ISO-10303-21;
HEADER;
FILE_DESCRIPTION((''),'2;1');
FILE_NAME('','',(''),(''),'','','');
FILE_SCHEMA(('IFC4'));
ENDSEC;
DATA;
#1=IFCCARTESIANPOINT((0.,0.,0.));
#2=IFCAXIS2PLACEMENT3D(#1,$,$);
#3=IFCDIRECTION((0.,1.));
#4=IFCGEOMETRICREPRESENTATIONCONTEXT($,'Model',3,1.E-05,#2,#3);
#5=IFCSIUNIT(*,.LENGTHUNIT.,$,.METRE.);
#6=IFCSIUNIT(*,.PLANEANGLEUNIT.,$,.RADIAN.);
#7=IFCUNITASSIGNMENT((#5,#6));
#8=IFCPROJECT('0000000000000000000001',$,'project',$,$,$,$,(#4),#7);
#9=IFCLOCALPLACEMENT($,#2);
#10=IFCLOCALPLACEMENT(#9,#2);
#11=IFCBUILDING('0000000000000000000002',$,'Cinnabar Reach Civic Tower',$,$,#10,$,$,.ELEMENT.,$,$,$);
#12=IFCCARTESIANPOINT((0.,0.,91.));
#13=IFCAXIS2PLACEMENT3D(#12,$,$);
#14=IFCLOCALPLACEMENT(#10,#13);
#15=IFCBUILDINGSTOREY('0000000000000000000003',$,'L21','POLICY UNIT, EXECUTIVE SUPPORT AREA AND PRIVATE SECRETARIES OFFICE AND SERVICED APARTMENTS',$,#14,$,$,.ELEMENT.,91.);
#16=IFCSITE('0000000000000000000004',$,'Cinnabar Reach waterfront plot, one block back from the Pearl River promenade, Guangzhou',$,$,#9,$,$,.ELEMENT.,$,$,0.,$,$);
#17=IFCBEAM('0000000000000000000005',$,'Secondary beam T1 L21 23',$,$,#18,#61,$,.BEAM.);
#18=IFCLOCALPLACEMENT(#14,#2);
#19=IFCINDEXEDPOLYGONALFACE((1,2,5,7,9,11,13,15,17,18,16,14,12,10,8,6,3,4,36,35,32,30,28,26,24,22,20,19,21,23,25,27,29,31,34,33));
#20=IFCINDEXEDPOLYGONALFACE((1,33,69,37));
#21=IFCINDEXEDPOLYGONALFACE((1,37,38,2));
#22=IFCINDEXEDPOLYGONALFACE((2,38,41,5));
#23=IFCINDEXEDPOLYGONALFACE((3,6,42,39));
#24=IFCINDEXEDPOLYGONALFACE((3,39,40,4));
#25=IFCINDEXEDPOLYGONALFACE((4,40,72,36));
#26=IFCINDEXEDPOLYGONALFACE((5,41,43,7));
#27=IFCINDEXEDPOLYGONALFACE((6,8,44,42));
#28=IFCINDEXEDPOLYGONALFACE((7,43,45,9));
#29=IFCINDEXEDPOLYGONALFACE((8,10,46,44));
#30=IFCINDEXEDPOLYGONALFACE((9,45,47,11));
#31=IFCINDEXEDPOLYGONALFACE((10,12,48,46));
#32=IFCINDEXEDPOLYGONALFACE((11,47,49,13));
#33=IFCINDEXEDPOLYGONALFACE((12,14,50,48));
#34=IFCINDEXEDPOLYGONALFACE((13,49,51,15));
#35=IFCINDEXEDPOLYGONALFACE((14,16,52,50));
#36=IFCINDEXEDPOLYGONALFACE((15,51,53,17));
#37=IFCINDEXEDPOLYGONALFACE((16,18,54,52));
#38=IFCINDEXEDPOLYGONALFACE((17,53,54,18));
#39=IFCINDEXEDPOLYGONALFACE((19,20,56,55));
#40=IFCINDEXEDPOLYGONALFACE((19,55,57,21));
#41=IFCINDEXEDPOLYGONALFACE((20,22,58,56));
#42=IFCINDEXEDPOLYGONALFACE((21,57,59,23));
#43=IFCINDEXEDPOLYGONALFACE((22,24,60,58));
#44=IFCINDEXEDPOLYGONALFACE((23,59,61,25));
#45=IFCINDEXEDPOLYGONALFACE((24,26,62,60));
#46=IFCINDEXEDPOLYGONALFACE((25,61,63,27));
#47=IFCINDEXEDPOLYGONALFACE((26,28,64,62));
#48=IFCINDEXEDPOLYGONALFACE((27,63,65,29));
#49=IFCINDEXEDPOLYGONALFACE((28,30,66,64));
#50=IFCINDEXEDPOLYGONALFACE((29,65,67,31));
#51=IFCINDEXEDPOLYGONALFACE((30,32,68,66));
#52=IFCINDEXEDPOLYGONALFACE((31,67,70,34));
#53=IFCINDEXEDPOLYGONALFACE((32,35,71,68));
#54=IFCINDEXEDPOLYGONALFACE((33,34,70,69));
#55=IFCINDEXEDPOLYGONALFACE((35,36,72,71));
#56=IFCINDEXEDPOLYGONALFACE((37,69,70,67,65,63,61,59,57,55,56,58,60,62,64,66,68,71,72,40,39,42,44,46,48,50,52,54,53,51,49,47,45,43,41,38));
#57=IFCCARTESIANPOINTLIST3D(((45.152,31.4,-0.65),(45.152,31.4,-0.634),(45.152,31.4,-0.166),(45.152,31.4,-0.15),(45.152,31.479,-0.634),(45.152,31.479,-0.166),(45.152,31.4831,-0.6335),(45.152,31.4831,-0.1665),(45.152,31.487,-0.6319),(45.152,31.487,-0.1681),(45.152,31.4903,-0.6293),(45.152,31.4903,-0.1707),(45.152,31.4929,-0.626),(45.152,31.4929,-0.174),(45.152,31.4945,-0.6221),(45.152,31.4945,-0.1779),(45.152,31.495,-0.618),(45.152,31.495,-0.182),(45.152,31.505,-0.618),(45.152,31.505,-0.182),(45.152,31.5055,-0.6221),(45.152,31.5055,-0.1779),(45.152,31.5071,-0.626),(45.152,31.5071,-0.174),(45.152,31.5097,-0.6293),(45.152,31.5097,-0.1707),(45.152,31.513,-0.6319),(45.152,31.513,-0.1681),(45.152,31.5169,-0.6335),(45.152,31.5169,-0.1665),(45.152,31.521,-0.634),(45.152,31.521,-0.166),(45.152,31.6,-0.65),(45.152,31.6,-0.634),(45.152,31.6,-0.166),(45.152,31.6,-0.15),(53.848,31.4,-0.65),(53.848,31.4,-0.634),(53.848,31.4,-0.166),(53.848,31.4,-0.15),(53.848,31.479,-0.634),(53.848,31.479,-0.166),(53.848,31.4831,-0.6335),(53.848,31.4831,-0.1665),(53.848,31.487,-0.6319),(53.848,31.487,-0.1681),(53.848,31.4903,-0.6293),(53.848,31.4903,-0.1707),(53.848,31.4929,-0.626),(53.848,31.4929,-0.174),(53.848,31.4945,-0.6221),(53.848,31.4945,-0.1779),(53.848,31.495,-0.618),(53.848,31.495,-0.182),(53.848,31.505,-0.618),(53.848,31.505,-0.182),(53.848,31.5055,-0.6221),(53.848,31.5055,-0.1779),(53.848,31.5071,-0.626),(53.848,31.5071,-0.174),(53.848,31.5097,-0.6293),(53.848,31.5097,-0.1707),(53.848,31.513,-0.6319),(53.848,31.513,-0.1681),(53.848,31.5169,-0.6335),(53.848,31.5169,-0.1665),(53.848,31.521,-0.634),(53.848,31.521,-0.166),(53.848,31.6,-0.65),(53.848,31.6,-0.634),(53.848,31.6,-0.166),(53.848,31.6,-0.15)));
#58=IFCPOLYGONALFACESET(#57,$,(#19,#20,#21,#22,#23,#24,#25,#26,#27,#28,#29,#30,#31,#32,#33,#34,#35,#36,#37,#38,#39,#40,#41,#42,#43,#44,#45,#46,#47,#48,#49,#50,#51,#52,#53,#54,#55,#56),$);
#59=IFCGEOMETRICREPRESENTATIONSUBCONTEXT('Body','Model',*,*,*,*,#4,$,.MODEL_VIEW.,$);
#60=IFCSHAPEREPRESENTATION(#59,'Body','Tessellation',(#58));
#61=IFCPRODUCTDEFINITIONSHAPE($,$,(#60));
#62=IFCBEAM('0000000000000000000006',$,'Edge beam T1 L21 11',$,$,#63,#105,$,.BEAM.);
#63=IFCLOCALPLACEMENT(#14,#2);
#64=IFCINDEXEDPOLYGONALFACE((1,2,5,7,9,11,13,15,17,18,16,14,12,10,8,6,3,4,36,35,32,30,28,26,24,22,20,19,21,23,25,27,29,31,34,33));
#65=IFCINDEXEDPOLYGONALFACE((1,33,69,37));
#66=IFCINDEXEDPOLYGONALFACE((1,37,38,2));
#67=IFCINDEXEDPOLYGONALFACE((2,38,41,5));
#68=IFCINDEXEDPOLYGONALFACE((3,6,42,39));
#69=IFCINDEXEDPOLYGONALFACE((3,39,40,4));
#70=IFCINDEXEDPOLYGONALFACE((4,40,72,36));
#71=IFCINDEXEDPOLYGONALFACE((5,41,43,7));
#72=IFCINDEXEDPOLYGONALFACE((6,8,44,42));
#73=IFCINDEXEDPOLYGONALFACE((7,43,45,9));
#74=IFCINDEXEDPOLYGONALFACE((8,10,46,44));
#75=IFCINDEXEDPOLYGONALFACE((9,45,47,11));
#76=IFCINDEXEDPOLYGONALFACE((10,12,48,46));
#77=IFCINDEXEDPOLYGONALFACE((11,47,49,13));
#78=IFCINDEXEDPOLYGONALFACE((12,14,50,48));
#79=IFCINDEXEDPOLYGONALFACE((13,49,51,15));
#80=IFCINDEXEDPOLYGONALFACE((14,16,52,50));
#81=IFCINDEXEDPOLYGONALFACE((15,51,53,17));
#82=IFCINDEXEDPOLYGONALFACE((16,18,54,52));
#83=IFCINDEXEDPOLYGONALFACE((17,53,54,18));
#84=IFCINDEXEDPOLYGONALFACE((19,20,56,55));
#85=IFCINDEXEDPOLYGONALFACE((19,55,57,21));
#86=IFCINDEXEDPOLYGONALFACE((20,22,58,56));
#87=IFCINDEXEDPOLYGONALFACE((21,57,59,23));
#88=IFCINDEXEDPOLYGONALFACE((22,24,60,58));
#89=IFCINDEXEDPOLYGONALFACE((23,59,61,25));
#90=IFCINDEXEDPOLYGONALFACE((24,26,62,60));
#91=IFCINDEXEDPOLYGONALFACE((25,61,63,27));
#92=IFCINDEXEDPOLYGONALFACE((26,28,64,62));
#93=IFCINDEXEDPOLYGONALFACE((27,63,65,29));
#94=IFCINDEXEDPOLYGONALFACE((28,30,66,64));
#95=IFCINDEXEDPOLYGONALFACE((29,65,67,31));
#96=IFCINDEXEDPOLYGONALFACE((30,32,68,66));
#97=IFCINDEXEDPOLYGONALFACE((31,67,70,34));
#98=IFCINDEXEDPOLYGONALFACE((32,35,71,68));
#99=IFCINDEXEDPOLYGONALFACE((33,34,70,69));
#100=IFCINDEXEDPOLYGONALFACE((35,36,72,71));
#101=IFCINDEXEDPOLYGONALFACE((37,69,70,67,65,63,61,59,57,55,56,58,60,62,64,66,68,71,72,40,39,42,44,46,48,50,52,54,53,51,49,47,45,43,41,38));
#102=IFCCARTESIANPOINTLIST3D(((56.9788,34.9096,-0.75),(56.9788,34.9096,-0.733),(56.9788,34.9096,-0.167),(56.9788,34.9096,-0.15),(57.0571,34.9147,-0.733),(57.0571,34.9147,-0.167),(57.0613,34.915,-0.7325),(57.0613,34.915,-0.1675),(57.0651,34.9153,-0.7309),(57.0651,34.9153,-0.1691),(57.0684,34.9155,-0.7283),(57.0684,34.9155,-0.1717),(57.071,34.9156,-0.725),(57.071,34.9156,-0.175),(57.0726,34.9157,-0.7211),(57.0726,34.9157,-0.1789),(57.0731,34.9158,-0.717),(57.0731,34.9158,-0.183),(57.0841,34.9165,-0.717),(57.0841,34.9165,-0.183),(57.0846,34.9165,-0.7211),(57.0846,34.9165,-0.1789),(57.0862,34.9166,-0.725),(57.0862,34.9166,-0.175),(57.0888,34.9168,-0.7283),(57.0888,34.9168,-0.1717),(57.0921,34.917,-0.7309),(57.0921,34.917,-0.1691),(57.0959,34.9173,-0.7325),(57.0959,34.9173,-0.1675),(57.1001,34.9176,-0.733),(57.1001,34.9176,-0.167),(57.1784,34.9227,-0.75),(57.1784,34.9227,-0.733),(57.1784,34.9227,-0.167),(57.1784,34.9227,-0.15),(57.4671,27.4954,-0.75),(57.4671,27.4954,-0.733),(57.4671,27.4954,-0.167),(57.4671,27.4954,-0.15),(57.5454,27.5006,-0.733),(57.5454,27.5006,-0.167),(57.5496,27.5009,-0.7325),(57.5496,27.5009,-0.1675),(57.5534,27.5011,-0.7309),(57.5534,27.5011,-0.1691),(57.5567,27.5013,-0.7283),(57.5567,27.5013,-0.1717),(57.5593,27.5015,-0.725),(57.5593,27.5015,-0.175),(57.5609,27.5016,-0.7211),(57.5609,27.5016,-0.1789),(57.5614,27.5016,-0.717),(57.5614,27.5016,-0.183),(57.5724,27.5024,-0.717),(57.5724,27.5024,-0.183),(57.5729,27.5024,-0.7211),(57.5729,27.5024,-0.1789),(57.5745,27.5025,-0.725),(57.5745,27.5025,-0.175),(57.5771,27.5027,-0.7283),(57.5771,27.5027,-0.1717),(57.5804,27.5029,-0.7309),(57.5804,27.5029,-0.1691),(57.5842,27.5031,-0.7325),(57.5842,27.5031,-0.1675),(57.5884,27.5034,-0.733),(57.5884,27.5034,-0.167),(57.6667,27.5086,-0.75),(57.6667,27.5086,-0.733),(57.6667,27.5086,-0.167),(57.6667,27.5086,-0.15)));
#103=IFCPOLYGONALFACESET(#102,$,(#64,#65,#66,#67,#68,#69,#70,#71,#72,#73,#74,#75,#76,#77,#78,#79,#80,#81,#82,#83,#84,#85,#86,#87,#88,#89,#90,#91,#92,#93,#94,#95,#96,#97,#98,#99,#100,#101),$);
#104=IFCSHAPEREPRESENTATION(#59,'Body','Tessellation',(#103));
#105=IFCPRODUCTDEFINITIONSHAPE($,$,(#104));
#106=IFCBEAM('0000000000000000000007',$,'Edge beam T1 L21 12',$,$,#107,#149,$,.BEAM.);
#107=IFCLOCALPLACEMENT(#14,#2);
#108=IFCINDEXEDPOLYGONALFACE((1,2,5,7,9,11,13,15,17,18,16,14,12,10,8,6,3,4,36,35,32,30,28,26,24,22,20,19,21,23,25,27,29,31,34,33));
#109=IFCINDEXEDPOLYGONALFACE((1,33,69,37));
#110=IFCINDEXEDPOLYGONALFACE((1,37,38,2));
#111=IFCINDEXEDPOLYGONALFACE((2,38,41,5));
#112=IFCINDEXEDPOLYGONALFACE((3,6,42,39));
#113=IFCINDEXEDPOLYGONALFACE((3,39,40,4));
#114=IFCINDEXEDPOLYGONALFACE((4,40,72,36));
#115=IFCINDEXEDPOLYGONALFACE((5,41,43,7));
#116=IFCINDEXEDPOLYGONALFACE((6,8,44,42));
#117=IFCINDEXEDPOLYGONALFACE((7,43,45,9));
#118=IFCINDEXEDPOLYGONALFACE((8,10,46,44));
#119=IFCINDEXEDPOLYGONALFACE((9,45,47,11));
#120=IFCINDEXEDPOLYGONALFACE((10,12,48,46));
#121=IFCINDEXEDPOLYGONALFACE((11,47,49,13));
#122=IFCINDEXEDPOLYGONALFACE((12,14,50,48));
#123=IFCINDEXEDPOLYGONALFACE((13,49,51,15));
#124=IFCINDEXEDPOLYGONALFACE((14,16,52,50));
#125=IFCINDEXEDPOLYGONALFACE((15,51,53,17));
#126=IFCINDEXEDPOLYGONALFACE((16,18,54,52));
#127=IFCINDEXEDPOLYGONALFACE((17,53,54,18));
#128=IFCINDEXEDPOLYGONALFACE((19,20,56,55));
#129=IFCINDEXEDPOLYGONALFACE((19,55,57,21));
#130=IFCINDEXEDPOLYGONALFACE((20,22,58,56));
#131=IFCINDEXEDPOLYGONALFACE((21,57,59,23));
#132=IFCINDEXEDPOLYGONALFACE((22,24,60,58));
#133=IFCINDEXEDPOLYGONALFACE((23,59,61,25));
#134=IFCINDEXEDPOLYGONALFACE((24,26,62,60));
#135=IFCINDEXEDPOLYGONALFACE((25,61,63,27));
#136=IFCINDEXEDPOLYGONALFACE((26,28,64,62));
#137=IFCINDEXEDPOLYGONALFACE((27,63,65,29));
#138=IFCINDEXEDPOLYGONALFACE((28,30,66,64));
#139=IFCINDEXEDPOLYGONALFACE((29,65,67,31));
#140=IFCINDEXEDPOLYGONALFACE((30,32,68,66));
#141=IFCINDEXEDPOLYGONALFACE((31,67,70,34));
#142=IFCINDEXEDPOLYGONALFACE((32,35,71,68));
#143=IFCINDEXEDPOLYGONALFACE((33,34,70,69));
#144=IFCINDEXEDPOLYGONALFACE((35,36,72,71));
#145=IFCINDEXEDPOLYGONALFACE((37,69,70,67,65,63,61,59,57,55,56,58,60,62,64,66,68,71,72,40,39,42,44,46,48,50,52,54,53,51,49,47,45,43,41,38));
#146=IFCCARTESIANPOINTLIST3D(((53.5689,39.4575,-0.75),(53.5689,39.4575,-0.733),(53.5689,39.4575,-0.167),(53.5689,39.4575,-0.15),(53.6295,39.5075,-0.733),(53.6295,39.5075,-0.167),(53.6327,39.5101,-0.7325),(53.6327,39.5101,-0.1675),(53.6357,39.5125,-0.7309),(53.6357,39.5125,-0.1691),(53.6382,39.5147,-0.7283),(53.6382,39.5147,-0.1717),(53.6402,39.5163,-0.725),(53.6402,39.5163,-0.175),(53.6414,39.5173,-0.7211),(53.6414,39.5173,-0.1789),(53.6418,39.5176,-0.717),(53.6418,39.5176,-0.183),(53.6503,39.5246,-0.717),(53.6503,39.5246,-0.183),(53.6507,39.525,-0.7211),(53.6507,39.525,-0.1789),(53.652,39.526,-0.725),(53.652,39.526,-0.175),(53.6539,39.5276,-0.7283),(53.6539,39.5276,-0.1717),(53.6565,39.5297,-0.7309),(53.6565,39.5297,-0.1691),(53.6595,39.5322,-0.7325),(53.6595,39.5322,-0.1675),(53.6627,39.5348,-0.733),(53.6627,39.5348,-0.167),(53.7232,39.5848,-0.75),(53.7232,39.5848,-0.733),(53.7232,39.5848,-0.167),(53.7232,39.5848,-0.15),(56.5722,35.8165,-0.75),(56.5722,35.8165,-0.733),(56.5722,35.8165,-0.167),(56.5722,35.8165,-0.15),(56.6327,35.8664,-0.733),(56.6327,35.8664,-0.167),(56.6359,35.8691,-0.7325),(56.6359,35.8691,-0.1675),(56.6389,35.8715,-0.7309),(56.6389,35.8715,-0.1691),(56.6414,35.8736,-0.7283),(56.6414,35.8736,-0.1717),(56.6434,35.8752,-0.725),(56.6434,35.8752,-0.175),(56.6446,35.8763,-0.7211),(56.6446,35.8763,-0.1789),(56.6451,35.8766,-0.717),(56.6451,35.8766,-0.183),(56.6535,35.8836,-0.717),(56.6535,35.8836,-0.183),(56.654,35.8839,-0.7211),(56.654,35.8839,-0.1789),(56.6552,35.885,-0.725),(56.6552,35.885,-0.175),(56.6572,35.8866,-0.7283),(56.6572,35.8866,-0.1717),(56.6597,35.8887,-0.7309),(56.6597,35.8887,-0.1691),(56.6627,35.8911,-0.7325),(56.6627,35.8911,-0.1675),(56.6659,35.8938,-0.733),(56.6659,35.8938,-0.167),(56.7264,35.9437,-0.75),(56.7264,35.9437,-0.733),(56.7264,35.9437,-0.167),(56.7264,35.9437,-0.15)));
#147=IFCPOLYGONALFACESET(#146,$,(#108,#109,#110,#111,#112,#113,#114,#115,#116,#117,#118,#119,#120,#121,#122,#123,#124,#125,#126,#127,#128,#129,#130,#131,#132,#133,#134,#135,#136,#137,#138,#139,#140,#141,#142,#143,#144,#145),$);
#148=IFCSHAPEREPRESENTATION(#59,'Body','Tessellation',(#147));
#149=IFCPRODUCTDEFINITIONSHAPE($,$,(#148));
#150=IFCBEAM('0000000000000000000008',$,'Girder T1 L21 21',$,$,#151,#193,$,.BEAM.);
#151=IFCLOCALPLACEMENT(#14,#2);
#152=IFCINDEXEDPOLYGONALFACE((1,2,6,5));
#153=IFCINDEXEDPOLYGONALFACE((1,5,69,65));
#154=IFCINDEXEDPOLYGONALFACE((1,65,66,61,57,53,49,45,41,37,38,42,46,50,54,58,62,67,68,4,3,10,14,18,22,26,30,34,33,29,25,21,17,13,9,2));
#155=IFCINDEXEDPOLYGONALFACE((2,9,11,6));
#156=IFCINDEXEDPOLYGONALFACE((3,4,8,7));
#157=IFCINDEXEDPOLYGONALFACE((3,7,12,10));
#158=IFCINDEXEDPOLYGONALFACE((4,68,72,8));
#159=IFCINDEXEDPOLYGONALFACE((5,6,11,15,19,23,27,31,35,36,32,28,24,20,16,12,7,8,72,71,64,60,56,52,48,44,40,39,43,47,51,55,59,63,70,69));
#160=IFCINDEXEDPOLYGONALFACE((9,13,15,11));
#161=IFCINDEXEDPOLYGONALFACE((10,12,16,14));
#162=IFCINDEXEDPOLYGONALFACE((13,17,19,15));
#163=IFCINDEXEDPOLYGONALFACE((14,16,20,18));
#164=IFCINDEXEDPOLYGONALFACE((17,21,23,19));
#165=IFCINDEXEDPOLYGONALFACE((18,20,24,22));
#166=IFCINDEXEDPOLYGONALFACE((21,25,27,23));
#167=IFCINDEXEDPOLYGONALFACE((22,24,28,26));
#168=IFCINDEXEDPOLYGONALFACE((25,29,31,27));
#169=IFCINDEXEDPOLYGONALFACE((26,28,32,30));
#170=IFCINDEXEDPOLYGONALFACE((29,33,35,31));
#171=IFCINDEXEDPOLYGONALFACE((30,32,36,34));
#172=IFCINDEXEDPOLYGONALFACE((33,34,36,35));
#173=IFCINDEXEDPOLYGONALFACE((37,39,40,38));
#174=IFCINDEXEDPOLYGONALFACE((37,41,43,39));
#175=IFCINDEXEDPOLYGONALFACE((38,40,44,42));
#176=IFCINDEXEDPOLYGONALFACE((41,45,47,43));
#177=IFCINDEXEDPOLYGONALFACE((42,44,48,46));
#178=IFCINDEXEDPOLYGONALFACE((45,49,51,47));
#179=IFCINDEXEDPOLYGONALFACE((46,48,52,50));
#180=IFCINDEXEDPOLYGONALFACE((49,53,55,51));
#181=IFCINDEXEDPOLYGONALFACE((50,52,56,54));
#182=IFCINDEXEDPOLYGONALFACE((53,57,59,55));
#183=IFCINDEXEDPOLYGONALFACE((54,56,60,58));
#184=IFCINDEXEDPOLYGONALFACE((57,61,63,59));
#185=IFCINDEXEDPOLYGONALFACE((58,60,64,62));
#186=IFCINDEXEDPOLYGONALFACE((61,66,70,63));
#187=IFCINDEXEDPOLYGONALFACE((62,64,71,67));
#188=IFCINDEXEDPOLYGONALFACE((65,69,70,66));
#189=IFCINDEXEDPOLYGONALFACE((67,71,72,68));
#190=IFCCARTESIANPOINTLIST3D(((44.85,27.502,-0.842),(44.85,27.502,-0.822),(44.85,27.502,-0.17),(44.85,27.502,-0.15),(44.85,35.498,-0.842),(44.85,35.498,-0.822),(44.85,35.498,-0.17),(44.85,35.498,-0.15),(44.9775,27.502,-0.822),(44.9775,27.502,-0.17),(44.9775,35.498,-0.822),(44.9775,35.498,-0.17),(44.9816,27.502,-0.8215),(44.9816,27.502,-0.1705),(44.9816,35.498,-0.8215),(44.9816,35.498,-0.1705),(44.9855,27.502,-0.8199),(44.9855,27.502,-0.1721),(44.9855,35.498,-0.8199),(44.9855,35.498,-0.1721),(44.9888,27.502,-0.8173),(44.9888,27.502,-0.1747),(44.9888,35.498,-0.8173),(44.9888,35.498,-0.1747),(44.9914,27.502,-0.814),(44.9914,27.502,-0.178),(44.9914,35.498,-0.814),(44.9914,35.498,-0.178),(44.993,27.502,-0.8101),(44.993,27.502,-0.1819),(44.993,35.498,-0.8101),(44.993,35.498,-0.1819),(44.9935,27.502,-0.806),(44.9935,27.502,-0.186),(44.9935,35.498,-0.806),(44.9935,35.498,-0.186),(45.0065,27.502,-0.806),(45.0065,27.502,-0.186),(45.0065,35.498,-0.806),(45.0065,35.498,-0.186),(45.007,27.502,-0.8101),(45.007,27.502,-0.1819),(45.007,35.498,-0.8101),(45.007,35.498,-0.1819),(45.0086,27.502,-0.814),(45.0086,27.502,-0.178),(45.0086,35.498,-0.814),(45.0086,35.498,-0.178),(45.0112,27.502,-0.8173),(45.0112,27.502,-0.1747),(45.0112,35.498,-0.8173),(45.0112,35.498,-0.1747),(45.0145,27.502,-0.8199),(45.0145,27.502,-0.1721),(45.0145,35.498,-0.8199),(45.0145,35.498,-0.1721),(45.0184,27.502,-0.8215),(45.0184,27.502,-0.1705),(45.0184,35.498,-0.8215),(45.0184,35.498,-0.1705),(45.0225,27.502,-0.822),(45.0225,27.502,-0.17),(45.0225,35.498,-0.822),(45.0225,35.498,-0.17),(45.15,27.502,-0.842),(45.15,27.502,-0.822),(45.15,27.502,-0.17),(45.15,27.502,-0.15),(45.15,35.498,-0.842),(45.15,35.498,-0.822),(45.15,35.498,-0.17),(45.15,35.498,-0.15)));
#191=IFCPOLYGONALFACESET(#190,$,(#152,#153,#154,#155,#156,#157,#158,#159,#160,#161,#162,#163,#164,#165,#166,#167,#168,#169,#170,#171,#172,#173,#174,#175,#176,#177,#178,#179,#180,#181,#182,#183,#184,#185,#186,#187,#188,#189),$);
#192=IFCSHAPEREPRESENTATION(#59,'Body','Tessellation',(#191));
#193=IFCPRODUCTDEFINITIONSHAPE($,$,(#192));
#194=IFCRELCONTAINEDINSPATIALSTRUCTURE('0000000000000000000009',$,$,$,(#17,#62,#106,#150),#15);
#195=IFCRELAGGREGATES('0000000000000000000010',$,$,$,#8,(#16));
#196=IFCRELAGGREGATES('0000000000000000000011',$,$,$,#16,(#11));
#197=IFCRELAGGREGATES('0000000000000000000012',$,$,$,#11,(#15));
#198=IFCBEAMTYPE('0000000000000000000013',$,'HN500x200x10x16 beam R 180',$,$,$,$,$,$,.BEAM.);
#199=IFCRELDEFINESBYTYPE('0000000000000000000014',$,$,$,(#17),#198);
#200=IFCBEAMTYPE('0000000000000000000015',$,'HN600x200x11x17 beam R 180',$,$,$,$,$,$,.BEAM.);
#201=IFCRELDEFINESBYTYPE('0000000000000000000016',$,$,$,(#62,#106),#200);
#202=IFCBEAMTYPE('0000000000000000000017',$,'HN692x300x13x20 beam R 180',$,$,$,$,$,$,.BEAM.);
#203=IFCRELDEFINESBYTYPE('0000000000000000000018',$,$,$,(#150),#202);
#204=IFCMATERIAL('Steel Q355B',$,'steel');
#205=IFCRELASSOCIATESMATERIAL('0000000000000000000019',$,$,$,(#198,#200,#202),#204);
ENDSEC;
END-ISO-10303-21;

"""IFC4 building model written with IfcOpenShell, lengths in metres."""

from ifc_helpers import new_model, si_unit, direction, frame, origin, origin_2d, place, context, subcontext, project, spatial, i_section, extrude, material, material_profile, profile_set, type_object, element, save


model = new_model("IFC4")

# Units and contexts
model_context = context("Model", 3, precision=1e-05, world=origin(), true_north=direction((0.0, 1.0)))
body_context = subcontext(model_context, "Body", "Model", "MODEL_VIEW")
ifc_project = project(units=[si_unit("LENGTHUNIT", "METRE"), si_unit("PLANEANGLEUNIT", "RADIAN")], contexts=[model_context])

# Site, building, storey
site_placement = place(None, origin())
site = spatial("IfcSite", under=ifc_project, at=site_placement, Name="Cinnabar Reach waterfront plot, one block back from the Pearl River promenade, Guangzhou", CompositionType="ELEMENT", RefElevation=0.0)
building_placement = place(site_placement, origin())
building = spatial("IfcBuilding", under=site, at=building_placement, Name="Cinnabar Reach Civic Tower", CompositionType="ELEMENT")
storey_placement = place(building_placement, frame((0.0, 0.0, 91.0)))
storey = spatial("IfcBuildingStorey", under=building, at=storey_placement, Name="L21", Description="POLICY UNIT, EXECUTIVE SUPPORT AREA AND PRIVATE SECRETARIES OFFICE AND SERVICED APARTMENTS", CompositionType="ELEMENT", Elevation=91.0)

# Beams
ifc_material_1 = material(Name="Steel Q355B", Category="steel")
ifc_material_profile_1 = material_profile(ifc_material_1, i_section(OverallWidth=0.2, OverallDepth=0.5, WebThickness=0.01, FlangeThickness=0.016, FilletRadius=0.016, at=origin_2d()), Name="HN500x200x10x16")
ifc_profile_set_1 = profile_set([ifc_material_profile_1], Name="Steel Q355B")
beam_type_1 = type_object("IfcBeamType", Name="HN500x200x10x16 beam R 180", PredefinedType="BEAM", material=ifc_profile_set_1)
beam_1_placement = place(storey_placement, frame((45.152, 31.5, -0.4), z_axis=(1.0, 0.0, 0.0), x_axis=(0.0, 1.0, 0.0)))
element("IfcBeam", 1, at=beam_1_placement, inside=storey, type_object=beam_type_1, Name="Secondary beam T1 L21 23", PredefinedType="BEAM", context=body_context, shape_type="SweptSolid", body=[
    extrude(i_section(OverallWidth=0.2, OverallDepth=0.5, WebThickness=0.01, FlangeThickness=0.016, FilletRadius=0.016, at=origin_2d()), origin(), (0.0, 0.0, 1.0), 8.696),
])
ifc_material_profile_2 = material_profile(ifc_material_1, i_section(OverallWidth=0.2, OverallDepth=0.6, WebThickness=0.011, FlangeThickness=0.017, FilletRadius=0.016, at=origin_2d()), Name="HN600x200x11x17")
ifc_profile_set_2 = profile_set([ifc_material_profile_2], Name="Steel Q355B")
beam_type_2 = type_object("IfcBeamType", Name="HN600x200x11x17 beam R 180", PredefinedType="BEAM", material=ifc_profile_set_2)
beam_2_placement = place(storey_placement, frame((57.5669, 27.502, -0.45), z_axis=(-0.065719, 0.997838, 0.0), x_axis=(-0.997838, -0.065719, 0.0)))
element("IfcBeam", 2, at=beam_2_placement, inside=storey, type_object=beam_type_2, Name="Edge beam T1 L21 11", PredefinedType="BEAM", context=body_context, shape_type="SweptSolid", body=[
    extrude(i_section(OverallWidth=0.2, OverallDepth=0.6, WebThickness=0.011, FlangeThickness=0.017, FilletRadius=0.016, at=origin_2d()), origin(), (0.0, 0.0, 1.0), 7.4302),
])
beam_3_placement = place(storey_placement, frame((56.6493, 35.8801, -0.45), z_axis=(-0.636304, 0.771438, 0.0), x_axis=(-0.771438, -0.636304, 0.0)))
element("IfcBeam", 3, at=beam_3_placement, inside=storey, type_object=beam_type_2, Name="Edge beam T1 L21 12", PredefinedType="BEAM", context=body_context, shape_type="SweptSolid", body=[
    extrude(i_section(OverallWidth=0.2, OverallDepth=0.6, WebThickness=0.011, FlangeThickness=0.017, FilletRadius=0.016, at=origin_2d()), origin(), (0.0, 0.0, 1.0), 4.7198),
])
ifc_material_profile_3 = material_profile(ifc_material_1, i_section(OverallWidth=0.3, OverallDepth=0.692, WebThickness=0.013, FlangeThickness=0.02, FilletRadius=0.016, at=origin_2d()), Name="HN692x300x13x20")
ifc_profile_set_3 = profile_set([ifc_material_profile_3], Name="Steel Q355B")
beam_type_3 = type_object("IfcBeamType", Name="HN692x300x13x20 beam R 180", PredefinedType="BEAM", material=ifc_profile_set_3)
for number, where, z_axis, x_axis, name in (
    (4, (45.0, 27.502, -0.496), (0.0, 1.0, 0.0), (-1.0, 0.0, 0.0), "Girder T1 L21 21"),
):
    element("IfcBeam", number, at=place(storey_placement, frame(where, z_axis=z_axis, x_axis=x_axis)), inside=storey, type_object=beam_type_3, Name=name, PredefinedType="BEAM", context=body_context, shape_type="SweptSolid", body=[
        extrude(i_section(OverallWidth=0.3, OverallDepth=0.692, WebThickness=0.013, FlangeThickness=0.02, FilletRadius=0.016, at=origin_2d()), origin(), (0.0, 0.0, 1.0), 7.996),
    ])

save(model, "model.ifc")
